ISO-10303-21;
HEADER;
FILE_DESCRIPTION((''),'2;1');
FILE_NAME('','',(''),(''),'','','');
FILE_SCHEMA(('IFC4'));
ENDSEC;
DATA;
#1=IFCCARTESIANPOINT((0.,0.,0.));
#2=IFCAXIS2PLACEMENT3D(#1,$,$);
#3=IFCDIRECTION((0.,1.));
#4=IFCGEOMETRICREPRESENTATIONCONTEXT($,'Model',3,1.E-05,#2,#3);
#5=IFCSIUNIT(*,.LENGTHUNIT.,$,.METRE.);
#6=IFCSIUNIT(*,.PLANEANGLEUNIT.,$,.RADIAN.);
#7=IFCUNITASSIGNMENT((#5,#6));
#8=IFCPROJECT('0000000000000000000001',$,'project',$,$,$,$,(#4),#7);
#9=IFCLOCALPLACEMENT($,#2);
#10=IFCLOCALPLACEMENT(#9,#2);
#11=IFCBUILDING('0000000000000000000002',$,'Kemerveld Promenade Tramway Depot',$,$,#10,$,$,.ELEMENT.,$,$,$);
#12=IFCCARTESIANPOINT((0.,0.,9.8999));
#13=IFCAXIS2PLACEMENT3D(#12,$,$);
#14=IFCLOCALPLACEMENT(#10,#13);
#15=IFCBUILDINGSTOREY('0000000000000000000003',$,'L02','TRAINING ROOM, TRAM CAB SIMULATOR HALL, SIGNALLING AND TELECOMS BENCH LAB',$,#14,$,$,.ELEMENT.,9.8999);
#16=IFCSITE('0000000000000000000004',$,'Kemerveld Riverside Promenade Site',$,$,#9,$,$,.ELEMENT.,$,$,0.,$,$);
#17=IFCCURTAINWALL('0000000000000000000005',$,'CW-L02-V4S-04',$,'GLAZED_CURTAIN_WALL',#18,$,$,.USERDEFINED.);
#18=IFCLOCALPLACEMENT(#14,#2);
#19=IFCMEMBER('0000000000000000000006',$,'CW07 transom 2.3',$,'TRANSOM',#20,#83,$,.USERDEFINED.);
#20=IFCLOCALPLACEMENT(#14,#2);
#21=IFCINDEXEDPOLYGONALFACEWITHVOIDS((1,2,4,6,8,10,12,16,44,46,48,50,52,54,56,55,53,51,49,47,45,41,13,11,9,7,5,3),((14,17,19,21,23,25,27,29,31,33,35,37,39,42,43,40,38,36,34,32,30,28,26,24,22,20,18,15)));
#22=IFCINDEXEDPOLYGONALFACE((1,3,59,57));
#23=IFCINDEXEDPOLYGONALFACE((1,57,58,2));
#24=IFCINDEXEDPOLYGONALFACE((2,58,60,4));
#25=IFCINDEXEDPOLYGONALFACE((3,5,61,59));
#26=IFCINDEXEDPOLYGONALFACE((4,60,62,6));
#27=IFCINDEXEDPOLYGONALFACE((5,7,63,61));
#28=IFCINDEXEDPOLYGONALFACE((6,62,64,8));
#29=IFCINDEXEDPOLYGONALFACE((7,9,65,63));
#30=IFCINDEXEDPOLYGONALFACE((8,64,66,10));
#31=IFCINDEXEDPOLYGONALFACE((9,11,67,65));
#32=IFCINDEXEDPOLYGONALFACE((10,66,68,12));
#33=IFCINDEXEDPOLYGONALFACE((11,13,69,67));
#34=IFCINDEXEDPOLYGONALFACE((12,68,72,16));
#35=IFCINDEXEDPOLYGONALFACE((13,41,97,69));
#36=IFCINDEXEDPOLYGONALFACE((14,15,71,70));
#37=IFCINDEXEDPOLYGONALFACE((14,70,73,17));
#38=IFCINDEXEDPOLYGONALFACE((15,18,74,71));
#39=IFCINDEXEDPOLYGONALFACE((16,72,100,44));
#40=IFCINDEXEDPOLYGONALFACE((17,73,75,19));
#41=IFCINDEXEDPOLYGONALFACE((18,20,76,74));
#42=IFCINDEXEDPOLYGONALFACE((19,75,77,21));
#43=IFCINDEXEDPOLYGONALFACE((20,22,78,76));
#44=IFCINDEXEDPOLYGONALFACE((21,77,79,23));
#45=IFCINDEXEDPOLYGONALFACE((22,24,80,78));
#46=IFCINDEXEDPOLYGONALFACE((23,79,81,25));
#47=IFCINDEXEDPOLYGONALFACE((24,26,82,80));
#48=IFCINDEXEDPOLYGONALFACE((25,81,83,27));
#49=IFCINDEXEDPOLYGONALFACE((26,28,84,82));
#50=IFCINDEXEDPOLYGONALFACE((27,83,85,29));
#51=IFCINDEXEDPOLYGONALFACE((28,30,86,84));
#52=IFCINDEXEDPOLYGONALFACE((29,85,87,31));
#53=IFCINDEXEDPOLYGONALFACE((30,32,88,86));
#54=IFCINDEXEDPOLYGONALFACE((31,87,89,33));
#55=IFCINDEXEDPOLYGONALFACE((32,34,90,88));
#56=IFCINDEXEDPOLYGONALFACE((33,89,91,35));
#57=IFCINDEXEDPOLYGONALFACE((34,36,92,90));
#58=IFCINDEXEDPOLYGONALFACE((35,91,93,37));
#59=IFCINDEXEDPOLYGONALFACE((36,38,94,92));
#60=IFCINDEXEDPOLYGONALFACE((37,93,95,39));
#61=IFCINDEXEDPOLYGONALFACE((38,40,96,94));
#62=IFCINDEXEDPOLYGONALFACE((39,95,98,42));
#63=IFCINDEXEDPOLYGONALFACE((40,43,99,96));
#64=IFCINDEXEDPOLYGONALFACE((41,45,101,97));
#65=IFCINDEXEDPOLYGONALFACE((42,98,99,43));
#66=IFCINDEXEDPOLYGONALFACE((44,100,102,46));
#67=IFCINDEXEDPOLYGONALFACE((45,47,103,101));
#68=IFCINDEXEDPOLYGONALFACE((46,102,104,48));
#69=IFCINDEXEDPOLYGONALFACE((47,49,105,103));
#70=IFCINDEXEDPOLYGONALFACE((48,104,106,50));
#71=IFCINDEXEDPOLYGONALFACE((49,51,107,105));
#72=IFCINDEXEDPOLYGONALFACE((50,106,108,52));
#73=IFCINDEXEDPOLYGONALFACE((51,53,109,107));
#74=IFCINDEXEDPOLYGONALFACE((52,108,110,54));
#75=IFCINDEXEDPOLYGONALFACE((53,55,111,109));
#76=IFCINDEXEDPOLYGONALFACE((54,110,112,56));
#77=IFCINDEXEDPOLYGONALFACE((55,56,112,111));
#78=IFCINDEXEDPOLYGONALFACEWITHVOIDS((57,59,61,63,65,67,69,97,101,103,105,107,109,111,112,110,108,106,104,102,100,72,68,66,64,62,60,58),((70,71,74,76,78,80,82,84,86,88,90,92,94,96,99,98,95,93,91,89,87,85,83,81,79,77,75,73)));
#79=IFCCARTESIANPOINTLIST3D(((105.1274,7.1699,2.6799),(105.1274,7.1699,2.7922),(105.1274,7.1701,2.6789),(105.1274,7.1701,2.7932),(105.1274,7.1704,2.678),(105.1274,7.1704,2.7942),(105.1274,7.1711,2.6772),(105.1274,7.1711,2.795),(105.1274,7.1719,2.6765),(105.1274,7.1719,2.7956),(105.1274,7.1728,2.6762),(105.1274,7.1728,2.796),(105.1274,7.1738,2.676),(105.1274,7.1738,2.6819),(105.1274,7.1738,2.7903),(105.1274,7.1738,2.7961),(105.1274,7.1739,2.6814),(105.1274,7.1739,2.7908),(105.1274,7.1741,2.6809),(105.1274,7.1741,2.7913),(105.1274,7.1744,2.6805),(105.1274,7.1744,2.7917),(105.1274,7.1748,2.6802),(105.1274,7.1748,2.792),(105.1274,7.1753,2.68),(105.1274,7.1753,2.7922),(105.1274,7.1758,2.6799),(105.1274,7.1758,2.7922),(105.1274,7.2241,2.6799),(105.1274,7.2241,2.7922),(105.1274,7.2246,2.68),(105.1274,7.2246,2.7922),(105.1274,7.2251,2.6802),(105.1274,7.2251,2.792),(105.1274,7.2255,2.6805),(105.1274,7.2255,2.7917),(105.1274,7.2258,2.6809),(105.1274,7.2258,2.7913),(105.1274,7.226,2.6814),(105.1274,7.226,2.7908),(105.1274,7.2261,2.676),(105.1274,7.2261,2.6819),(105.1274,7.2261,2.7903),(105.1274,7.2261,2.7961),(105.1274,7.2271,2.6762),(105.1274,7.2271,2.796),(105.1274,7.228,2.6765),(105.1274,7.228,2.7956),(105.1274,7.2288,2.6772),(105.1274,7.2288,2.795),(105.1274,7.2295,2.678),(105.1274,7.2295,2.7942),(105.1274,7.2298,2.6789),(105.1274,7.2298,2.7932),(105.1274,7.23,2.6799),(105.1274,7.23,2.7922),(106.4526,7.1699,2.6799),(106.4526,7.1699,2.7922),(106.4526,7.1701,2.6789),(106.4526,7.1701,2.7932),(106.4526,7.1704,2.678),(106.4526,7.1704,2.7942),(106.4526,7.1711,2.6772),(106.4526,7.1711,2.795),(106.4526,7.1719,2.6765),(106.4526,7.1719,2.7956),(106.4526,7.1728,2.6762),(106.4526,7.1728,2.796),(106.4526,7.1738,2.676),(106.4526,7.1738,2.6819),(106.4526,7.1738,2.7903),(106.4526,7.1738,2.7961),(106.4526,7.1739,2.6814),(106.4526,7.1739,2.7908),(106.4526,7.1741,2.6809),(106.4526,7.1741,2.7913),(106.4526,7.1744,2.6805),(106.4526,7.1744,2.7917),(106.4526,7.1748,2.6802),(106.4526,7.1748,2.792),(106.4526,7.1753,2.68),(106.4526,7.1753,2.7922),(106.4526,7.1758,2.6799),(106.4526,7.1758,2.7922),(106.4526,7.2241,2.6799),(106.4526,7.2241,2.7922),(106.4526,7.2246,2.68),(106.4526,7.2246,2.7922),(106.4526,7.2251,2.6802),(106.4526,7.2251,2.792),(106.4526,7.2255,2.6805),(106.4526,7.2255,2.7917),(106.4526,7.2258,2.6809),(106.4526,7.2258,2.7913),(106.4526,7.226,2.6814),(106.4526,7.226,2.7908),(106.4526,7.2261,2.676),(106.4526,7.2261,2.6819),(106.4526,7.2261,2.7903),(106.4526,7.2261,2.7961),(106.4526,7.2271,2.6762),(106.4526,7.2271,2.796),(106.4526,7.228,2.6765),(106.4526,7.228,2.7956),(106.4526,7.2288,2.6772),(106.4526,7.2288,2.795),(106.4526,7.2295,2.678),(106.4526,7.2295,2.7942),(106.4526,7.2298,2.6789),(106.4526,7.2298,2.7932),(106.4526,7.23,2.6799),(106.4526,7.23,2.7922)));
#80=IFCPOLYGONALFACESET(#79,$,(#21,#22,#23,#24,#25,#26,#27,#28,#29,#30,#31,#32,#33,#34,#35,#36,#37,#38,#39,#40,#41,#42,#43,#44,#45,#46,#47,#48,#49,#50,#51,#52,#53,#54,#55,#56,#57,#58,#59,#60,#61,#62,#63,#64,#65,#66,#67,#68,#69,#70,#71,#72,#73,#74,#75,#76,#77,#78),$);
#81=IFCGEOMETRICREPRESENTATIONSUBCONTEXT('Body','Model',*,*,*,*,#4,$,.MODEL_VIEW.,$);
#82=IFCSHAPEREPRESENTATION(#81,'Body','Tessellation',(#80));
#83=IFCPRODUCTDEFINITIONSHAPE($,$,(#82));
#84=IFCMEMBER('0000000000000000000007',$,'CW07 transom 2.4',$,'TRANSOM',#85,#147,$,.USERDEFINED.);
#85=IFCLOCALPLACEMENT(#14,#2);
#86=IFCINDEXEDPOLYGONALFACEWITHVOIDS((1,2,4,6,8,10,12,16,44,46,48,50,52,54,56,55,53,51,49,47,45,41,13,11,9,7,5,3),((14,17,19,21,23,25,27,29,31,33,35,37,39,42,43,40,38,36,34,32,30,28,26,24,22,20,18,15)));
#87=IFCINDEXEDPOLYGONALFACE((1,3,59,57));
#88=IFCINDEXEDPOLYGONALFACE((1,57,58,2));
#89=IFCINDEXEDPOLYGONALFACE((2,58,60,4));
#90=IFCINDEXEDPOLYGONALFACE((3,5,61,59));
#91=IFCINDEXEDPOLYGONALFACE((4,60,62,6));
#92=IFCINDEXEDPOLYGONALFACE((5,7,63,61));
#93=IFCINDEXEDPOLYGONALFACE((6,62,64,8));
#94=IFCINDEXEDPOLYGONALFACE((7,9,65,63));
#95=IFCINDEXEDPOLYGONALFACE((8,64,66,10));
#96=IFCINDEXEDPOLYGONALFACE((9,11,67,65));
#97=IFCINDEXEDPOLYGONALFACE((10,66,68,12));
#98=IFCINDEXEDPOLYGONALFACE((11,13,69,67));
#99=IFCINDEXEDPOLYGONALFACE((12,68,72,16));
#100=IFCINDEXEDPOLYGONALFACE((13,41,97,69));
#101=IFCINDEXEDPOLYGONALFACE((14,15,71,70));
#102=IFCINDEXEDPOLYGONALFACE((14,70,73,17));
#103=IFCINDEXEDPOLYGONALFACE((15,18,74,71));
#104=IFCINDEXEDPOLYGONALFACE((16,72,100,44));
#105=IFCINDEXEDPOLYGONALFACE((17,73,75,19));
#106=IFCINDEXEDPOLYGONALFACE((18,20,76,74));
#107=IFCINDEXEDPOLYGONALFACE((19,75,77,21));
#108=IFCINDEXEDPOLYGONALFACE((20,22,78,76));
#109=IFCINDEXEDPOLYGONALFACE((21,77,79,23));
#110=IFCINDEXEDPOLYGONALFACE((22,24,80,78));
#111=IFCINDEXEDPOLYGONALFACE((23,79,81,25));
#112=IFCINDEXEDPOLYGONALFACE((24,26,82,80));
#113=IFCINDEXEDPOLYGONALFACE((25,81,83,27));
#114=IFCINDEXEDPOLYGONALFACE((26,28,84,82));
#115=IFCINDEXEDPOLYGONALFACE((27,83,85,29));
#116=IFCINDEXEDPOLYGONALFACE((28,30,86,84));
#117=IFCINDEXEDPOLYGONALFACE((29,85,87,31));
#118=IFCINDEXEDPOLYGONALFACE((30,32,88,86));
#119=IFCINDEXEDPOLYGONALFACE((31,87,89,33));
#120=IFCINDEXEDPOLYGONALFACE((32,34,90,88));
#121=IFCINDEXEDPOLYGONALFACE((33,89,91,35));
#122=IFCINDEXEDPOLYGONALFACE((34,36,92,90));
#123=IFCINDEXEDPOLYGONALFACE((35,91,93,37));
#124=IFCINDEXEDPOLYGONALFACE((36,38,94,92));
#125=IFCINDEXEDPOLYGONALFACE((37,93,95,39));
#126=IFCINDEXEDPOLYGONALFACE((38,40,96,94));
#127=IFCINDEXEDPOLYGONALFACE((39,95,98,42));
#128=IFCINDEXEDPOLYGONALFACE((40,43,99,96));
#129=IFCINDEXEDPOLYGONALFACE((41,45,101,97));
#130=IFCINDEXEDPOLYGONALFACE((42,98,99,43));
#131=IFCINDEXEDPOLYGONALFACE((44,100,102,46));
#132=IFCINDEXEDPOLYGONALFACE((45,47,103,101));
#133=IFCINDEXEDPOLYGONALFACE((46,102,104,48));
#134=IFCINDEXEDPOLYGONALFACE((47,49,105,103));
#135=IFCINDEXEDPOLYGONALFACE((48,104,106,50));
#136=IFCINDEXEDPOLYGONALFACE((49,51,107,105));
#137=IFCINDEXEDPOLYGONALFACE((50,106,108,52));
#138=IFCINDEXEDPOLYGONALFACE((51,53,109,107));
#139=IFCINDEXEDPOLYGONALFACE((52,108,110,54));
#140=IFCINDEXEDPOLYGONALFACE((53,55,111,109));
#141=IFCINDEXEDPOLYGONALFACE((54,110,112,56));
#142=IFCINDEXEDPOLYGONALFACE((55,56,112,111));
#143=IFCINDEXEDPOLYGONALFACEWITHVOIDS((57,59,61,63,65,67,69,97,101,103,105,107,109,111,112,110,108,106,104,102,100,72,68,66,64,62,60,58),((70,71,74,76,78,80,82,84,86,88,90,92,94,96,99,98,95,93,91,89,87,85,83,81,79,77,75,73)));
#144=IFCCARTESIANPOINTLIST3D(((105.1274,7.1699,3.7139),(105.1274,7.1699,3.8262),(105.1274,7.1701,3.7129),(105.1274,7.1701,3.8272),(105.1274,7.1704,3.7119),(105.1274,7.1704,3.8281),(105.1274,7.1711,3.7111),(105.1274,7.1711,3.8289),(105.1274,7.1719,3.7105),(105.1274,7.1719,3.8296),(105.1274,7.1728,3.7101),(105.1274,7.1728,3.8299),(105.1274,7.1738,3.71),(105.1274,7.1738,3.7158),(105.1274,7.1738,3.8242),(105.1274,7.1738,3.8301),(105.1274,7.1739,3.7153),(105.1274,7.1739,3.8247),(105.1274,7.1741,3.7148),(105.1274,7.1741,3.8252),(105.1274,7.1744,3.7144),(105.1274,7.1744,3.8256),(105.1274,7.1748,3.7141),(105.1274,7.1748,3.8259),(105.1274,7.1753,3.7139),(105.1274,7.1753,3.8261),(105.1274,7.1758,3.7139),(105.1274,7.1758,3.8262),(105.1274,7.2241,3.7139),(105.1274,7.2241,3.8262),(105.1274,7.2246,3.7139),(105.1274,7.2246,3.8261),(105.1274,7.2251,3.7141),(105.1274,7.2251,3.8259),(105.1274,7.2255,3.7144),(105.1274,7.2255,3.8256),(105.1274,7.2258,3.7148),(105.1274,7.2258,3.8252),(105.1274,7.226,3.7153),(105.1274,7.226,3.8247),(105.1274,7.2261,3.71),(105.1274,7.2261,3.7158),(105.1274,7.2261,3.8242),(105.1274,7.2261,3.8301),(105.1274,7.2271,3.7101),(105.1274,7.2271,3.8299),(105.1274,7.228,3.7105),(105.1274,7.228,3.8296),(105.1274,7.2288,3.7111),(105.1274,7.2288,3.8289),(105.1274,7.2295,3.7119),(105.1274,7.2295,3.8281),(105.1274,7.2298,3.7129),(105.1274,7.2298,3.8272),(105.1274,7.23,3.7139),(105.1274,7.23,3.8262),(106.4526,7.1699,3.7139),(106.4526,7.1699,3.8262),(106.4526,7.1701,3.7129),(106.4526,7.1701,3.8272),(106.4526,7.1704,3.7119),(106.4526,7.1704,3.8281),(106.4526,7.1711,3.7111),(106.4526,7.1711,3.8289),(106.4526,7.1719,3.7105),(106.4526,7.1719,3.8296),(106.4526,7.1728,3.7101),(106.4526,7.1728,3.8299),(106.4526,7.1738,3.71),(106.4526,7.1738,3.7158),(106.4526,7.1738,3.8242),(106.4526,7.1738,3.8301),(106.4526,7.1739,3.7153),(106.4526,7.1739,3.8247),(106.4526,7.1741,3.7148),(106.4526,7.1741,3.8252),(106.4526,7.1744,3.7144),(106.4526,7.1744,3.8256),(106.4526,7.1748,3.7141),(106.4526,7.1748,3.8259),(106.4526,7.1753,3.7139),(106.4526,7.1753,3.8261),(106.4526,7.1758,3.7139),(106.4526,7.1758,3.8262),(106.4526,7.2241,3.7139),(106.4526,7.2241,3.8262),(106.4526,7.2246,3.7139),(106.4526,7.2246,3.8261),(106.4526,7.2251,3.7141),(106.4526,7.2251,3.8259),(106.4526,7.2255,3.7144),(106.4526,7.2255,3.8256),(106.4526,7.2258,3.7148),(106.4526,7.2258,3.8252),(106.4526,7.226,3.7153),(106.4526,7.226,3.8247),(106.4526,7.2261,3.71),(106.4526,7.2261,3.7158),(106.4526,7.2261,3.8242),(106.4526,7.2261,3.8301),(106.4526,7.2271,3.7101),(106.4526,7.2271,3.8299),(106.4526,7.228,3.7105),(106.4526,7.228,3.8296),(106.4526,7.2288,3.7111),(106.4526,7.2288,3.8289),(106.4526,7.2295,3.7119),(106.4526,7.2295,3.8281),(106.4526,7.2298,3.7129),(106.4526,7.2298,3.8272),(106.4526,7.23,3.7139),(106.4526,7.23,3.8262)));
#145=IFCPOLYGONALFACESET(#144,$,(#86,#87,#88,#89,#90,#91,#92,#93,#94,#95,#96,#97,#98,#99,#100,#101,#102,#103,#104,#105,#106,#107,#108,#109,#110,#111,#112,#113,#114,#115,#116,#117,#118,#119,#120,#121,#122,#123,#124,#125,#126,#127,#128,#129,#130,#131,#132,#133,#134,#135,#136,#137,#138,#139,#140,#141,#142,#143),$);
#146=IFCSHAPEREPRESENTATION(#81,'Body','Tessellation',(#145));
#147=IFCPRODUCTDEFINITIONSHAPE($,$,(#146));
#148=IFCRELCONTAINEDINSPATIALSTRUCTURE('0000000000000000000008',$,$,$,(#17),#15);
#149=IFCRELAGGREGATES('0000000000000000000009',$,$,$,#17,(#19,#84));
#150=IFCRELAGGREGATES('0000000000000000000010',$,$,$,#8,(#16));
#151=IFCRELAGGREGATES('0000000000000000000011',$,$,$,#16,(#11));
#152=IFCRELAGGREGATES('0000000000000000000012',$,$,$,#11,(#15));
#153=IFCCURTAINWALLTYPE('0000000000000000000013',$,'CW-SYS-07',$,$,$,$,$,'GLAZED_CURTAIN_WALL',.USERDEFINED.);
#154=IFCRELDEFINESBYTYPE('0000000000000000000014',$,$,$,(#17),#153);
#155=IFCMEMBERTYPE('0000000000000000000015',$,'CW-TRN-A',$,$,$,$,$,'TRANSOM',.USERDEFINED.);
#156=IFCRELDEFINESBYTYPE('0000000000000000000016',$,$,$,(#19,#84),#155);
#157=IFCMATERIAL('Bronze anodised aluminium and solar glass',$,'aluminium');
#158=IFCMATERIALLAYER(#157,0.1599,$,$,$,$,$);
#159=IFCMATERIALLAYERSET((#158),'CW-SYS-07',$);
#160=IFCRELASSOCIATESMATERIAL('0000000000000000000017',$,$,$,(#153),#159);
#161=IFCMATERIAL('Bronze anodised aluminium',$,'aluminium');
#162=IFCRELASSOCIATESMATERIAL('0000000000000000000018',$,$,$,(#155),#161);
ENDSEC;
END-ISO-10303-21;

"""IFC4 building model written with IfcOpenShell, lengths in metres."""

from ifc_helpers import new_model, si_unit, direction, frame, origin, origin_2d, place, context, subcontext, project, spatial, hollow_rectangle, extrude, material, layer, layer_set, material_profile, profile_set, type_object, element, aggregate, save


model = new_model("IFC4")

# Units and contexts
model_context = context("Model", 3, precision=1e-05, world=origin(), true_north=direction((0.0, 1.0)))
body_context = subcontext(model_context, "Body", "Model", "MODEL_VIEW")
ifc_project = project(units=[si_unit("LENGTHUNIT", "METRE"), si_unit("PLANEANGLEUNIT", "RADIAN")], contexts=[model_context])

# Site, building, storey
site_placement = place(None, origin())
site = spatial("IfcSite", under=ifc_project, at=site_placement, Name="Kemerveld Riverside Promenade Site", CompositionType="ELEMENT", RefElevation=0.0)
building_placement = place(site_placement, origin())
building = spatial("IfcBuilding", under=site, at=building_placement, Name="Kemerveld Promenade Tramway Depot", CompositionType="ELEMENT")
storey_placement = place(building_placement, frame((0.0, 0.0, 9.8999)))
storey = spatial("IfcBuildingStorey", under=building, at=storey_placement, Name="L02", Description="TRAINING ROOM, TRAM CAB SIMULATOR HALL, SIGNALLING AND TELECOMS BENCH LAB", CompositionType="ELEMENT", Elevation=9.8999)

# Curtain wall, members
ifc_material_1 = material(Name="Bronze anodised aluminium and solar glass", Category="aluminium")
ifc_layer_1 = layer(ifc_material_1, 0.1599)
ifc_layer_set_1 = layer_set([ifc_layer_1], Name="CW-SYS-07")
curtain_wall_type = type_object("IfcCurtainWallType", Name="CW-SYS-07", ElementType="GLAZED_CURTAIN_WALL", PredefinedType="USERDEFINED", material=ifc_layer_set_1)
curtain_wall_placement = place(storey_placement, origin())
curtain_wall = element("IfcCurtainWall", 1, at=curtain_wall_placement, inside=storey, type_object=curtain_wall_type, Name="CW-L02-V4S-04", ObjectType="GLAZED_CURTAIN_WALL", PredefinedType="USERDEFINED")
ifc_material_2 = material(Name="Bronze anodised aluminium", Category="aluminium")
ifc_material_profile_1 = material_profile(ifc_material_2, hollow_rectangle(XDim=0.0601, YDim=0.1201, WallThickness=0.0039, InnerFilletRadius=0.002, OuterFilletRadius=0.0039, at=origin_2d()), Name="CW-TRN-120x60")
ifc_profile_set_1 = profile_set([ifc_material_profile_1], Name="Bronze anodised aluminium")
member_type_1 = type_object("IfcMemberType", Name="CW-TRN-A", ElementType="TRANSOM", PredefinedType="USERDEFINED", material=ifc_profile_set_1)
member_1_placement = place(storey_placement, frame((106.4526, 7.2, 2.7361), z_axis=(-1.0, 0.0, 0.0), x_axis=(0.0, -1.0, 0.0)))
member_1 = element("IfcMember", 2, at=member_1_placement, type_object=member_type_1, Name="CW07 transom 2.3", ObjectType="TRANSOM", PredefinedType="USERDEFINED", context=body_context, shape_type="SweptSolid", body=[
    extrude(hollow_rectangle(XDim=0.0601, YDim=0.1201, WallThickness=0.0039, InnerFilletRadius=0.002, OuterFilletRadius=0.0039, at=origin_2d()), origin(), (0.0, 0.0, 1.0), 1.3252),
])
member_2_placement = place(storey_placement, frame((106.4526, 7.2, 3.77), z_axis=(-1.0, 0.0, 0.0), x_axis=(0.0, -1.0, 0.0)))
member_2 = element("IfcMember", 3, at=member_2_placement, type_object=member_type_1, Name="CW07 transom 2.4", ObjectType="TRANSOM", PredefinedType="USERDEFINED", context=body_context, shape_type="SweptSolid", body=[
    extrude(hollow_rectangle(XDim=0.0601, YDim=0.1201, WallThickness=0.0039, InnerFilletRadius=0.002, OuterFilletRadius=0.0039, at=origin_2d()), origin(), (0.0, 0.0, 1.0), 1.3252),
])

aggregate(curtain_wall, [member_1, member_2])

save(model, "model.ifc")
